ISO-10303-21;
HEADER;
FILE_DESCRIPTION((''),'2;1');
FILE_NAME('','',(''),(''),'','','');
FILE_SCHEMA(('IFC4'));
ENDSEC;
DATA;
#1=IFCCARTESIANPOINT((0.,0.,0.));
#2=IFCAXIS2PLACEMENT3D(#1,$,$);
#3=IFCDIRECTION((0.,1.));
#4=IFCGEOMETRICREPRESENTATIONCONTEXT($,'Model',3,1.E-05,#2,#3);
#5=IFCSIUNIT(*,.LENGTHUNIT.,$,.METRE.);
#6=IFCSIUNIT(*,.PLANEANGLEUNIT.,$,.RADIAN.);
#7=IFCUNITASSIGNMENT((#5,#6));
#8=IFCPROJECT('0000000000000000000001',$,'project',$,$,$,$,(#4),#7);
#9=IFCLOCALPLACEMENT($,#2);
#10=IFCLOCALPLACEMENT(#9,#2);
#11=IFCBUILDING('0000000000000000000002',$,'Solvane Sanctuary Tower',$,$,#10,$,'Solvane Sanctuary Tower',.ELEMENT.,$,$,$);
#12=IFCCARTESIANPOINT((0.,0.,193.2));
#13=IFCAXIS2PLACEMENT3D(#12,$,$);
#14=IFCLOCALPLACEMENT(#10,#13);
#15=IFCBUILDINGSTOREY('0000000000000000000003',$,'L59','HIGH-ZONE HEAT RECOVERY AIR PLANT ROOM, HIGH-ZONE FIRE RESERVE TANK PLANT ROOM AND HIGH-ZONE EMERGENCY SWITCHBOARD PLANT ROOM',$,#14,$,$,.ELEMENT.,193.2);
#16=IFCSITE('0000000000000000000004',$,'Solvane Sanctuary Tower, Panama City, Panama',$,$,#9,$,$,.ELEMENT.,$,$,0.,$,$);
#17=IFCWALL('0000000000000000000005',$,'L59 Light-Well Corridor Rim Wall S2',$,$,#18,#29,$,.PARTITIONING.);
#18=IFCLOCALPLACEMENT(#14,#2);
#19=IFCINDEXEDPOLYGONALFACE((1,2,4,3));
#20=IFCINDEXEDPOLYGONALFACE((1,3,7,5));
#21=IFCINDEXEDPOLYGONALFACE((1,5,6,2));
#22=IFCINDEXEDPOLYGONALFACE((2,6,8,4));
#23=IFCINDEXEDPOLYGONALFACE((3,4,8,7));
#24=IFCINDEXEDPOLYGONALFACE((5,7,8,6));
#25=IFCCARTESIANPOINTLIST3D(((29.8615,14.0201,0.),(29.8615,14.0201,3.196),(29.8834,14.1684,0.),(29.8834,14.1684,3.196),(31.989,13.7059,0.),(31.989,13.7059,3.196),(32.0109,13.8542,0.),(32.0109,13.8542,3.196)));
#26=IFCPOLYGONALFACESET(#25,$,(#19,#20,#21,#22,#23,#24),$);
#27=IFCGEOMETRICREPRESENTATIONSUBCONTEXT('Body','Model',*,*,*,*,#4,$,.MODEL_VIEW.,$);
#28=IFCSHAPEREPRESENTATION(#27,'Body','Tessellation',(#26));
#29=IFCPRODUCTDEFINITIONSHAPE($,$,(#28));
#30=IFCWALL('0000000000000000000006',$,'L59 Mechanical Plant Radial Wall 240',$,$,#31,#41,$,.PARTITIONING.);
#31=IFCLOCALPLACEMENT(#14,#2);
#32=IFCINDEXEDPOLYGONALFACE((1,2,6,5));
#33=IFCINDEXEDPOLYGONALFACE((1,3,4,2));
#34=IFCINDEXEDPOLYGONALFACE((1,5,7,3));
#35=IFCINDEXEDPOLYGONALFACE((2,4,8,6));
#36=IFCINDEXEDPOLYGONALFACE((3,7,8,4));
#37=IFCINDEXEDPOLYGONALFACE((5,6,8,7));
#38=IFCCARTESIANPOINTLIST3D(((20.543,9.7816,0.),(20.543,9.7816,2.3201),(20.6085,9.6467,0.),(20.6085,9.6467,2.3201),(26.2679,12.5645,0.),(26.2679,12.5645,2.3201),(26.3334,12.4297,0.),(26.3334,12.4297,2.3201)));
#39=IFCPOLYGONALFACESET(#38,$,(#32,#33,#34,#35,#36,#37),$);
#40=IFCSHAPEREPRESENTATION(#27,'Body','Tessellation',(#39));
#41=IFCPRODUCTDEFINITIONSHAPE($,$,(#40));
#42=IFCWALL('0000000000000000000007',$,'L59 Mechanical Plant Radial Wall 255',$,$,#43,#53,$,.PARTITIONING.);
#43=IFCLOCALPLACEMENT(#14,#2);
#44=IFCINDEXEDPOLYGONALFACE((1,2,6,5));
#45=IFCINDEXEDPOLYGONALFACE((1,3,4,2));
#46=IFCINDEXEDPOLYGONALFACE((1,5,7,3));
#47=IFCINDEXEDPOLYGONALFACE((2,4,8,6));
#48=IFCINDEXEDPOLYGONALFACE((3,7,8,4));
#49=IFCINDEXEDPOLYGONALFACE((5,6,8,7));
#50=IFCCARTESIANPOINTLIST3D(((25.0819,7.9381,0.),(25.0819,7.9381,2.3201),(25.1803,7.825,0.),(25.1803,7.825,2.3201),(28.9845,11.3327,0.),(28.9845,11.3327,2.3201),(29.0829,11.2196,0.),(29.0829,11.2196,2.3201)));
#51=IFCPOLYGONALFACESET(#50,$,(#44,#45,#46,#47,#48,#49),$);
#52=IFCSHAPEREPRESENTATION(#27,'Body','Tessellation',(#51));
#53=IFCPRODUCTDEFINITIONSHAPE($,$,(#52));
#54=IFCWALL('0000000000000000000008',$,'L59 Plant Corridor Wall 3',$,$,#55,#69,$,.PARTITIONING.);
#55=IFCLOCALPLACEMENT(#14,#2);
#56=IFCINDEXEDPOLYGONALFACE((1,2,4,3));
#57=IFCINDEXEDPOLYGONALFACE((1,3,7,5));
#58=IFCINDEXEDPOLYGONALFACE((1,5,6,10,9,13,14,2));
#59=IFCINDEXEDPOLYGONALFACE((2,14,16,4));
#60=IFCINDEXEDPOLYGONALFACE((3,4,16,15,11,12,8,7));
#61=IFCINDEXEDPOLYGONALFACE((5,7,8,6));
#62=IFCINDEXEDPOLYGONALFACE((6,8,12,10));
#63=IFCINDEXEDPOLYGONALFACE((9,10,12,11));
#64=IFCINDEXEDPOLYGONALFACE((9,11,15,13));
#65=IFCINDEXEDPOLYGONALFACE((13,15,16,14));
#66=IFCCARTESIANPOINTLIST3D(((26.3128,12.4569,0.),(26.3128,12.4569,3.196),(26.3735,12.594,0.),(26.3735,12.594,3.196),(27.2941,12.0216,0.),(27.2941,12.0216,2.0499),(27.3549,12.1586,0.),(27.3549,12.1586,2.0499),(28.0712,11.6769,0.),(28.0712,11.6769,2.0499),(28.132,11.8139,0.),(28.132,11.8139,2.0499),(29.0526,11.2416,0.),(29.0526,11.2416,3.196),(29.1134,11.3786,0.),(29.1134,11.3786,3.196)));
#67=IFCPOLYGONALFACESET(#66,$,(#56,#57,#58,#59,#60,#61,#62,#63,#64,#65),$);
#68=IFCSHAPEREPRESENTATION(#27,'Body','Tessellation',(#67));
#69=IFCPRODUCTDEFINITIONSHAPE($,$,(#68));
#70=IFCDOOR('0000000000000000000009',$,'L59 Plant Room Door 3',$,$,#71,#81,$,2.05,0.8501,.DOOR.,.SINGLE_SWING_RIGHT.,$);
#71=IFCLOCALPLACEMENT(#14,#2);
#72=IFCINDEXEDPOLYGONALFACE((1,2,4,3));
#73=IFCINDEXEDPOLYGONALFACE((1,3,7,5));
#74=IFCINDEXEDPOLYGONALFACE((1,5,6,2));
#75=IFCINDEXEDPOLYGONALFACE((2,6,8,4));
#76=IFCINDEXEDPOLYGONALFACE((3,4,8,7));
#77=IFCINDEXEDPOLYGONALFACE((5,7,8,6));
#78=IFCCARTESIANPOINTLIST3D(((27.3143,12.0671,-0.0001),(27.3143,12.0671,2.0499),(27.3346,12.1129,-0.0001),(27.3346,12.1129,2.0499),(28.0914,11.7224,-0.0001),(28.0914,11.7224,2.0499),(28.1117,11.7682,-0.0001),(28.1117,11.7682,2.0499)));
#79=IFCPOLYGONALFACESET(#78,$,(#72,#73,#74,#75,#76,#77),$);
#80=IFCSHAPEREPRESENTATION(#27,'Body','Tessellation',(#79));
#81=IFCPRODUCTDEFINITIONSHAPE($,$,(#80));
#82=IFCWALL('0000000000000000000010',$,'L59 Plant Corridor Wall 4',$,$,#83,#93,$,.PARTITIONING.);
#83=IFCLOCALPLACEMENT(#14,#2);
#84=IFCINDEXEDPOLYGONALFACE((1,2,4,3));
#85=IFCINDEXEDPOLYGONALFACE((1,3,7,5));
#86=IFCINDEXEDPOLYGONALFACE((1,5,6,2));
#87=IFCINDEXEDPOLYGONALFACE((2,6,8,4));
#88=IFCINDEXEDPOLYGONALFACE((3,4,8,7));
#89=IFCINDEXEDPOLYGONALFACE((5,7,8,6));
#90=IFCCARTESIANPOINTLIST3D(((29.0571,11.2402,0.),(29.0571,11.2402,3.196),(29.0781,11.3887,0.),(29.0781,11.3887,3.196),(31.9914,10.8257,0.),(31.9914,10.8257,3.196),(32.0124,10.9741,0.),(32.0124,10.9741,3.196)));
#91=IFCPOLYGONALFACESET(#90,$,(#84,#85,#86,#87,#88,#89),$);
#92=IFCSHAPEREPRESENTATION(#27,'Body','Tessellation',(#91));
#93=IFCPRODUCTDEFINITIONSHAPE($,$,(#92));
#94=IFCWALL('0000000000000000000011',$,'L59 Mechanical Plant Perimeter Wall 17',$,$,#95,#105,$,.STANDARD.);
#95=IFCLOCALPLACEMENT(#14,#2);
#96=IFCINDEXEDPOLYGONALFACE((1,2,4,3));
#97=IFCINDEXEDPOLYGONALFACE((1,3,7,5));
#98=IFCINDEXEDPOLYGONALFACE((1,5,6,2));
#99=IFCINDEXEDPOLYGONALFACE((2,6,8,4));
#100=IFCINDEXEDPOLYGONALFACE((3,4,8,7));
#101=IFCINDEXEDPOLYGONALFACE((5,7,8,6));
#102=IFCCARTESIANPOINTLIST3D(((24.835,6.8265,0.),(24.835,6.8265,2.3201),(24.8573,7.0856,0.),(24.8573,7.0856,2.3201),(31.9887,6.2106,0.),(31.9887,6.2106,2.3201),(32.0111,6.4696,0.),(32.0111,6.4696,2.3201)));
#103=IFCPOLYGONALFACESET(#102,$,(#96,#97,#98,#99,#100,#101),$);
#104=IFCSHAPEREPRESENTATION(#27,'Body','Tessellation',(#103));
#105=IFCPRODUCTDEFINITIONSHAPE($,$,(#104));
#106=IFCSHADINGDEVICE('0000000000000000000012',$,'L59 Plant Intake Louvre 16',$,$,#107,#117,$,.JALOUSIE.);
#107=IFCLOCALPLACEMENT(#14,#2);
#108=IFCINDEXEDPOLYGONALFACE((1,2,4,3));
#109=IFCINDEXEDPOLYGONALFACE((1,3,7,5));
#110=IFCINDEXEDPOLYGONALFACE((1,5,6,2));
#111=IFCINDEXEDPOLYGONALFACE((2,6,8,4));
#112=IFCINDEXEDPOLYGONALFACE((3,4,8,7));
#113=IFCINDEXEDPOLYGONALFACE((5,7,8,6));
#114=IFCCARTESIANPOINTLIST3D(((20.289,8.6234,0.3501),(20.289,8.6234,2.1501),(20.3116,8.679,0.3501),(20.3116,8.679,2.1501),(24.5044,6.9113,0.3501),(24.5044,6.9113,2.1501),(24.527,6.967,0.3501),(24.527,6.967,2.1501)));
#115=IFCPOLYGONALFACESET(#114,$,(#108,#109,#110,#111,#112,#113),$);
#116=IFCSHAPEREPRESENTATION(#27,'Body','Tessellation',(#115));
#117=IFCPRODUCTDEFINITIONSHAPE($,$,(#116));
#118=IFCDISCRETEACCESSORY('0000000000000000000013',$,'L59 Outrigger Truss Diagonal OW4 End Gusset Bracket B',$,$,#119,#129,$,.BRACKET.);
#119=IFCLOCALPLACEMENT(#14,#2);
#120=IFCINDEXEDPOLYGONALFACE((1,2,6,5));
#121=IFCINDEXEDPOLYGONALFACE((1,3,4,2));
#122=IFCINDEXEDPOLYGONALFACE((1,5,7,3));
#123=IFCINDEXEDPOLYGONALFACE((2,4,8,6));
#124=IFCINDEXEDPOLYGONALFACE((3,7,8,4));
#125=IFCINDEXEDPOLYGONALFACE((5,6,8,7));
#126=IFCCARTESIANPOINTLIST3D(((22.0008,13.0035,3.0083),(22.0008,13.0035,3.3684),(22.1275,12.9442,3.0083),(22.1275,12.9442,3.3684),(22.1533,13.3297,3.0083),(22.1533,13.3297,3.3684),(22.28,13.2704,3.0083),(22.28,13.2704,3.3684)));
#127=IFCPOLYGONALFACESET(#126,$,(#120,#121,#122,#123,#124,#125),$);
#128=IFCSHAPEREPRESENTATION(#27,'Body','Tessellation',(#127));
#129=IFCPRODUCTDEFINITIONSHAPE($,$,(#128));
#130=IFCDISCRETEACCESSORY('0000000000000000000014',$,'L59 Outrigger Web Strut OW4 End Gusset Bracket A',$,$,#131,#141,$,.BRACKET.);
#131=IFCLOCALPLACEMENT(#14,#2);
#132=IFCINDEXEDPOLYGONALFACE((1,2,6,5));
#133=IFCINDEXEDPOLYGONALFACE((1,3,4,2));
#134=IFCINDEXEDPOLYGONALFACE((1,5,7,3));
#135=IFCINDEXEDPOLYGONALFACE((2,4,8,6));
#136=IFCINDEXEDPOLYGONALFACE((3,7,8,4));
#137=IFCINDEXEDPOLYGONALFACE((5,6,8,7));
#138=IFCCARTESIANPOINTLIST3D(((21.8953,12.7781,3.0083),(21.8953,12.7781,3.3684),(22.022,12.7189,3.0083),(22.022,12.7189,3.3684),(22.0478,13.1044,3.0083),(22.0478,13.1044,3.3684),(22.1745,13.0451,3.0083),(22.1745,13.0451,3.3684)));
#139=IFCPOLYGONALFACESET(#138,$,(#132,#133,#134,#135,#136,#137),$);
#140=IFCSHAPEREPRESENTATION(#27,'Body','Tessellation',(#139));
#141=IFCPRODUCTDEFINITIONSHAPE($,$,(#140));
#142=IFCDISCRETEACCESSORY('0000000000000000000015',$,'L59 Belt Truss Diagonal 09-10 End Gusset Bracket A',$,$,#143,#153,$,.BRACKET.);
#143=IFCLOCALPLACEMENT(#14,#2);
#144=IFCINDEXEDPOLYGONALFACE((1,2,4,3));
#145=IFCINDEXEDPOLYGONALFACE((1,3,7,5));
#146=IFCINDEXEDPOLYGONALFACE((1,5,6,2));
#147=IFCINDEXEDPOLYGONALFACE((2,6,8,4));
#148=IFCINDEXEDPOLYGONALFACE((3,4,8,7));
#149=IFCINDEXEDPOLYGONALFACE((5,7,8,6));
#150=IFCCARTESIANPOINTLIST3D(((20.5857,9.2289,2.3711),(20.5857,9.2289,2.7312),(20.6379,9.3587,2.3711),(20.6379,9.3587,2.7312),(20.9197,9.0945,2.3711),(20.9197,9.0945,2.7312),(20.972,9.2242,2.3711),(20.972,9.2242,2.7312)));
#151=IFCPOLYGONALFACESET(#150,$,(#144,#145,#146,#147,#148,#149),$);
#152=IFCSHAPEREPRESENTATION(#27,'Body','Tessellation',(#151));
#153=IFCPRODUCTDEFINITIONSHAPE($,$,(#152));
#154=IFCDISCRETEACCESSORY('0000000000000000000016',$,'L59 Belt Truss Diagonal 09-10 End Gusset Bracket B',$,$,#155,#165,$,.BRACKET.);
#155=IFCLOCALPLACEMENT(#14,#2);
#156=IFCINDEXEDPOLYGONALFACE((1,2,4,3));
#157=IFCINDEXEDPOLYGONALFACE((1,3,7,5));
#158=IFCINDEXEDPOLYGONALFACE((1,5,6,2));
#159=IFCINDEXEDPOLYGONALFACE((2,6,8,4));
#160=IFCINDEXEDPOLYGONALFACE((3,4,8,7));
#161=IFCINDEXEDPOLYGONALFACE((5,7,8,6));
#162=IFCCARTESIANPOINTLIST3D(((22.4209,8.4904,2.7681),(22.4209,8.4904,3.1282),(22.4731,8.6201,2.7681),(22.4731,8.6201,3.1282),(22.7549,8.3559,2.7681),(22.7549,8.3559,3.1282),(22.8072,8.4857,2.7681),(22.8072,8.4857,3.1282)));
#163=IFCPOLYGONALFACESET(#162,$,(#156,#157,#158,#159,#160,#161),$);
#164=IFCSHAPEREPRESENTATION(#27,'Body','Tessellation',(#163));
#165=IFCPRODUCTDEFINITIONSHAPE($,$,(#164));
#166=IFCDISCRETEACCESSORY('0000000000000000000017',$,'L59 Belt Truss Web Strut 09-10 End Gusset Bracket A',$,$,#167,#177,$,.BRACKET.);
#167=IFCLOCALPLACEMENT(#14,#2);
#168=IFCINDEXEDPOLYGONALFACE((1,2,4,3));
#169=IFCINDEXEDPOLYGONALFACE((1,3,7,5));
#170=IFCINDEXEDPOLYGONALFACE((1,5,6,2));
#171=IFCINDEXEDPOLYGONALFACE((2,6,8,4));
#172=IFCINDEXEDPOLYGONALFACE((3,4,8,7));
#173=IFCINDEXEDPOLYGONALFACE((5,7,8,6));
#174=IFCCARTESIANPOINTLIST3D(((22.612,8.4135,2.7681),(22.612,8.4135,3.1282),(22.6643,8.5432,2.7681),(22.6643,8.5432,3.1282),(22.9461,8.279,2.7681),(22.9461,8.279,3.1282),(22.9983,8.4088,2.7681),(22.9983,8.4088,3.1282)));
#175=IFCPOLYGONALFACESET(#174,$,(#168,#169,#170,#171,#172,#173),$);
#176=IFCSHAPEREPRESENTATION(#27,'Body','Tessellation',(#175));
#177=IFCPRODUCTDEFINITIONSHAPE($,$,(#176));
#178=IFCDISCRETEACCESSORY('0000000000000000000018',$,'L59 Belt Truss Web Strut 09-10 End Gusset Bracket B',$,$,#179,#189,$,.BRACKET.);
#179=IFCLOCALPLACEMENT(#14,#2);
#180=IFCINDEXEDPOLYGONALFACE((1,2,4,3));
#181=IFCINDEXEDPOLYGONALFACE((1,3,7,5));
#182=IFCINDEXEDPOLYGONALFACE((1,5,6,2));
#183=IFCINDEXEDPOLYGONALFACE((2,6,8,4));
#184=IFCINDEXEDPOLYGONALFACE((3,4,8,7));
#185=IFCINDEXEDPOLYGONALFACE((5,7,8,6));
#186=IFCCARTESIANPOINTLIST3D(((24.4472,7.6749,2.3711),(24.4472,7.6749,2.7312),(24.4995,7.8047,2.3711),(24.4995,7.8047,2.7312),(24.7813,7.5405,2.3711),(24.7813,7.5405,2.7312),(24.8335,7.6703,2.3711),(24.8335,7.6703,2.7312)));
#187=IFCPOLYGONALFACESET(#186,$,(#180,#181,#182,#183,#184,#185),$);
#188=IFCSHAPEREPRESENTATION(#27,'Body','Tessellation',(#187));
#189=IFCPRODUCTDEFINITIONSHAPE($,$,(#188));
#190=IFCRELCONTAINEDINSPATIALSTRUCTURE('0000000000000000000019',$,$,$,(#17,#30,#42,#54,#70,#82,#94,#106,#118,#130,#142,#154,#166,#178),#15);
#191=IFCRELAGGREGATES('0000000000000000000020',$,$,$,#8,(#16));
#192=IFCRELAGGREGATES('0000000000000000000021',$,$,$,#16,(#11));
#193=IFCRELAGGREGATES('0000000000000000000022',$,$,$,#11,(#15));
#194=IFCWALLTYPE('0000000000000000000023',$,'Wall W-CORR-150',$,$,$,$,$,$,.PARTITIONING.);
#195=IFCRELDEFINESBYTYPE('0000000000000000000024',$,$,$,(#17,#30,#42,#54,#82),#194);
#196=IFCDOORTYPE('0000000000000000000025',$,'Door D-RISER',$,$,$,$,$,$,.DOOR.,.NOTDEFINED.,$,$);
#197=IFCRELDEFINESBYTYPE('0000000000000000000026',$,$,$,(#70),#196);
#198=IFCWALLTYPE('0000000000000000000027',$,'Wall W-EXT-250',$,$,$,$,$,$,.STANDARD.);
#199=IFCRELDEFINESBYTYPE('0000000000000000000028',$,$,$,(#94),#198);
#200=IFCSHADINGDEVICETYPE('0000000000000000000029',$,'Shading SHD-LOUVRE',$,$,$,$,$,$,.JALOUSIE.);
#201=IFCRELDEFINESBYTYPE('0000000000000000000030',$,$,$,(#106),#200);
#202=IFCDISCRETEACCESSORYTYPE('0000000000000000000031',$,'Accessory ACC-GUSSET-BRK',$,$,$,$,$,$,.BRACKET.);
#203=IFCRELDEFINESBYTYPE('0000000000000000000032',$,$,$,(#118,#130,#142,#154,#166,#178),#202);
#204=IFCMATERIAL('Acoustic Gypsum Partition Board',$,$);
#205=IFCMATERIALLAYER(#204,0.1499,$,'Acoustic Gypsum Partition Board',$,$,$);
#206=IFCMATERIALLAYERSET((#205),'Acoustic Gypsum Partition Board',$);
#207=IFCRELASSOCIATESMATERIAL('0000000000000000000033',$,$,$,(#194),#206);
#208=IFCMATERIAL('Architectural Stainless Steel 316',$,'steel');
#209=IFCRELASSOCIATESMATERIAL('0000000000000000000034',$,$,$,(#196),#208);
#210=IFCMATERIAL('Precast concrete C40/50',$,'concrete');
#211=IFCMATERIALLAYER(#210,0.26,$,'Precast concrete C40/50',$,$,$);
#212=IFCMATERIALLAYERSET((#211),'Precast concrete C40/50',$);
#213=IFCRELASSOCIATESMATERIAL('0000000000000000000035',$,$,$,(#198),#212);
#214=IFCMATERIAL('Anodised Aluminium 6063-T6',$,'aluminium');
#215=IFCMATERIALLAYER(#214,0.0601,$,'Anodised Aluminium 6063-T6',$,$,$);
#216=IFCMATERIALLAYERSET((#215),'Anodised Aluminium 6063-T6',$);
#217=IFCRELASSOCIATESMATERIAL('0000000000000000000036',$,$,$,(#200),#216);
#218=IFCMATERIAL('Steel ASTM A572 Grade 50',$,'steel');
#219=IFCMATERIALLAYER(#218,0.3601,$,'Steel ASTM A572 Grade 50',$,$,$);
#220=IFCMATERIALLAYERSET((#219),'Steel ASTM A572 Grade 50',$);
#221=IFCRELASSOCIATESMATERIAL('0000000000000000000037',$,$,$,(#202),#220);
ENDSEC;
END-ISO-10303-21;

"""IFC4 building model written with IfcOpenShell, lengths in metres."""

from ifc_helpers import new_model, si_unit, direction, frame, frame_2d, origin, origin_2d, place, context, subcontext, project, spatial, rectangle, extrude, material, layer, layer_set, type_object, element, fill, save


model = new_model("IFC4")

# Units and contexts
model_context = context("Model", 3, precision=1e-05, world=origin(), true_north=direction((0.0, 1.0)))
body_context = subcontext(model_context, "Body", "Model", "MODEL_VIEW")
ifc_project = project(units=[si_unit("LENGTHUNIT", "METRE"), si_unit("PLANEANGLEUNIT", "RADIAN")], contexts=[model_context])

# Site, building, storey
site_placement = place(None, origin())
site = spatial("IfcSite", under=ifc_project, at=site_placement, Name="Solvane Sanctuary Tower, Panama City, Panama", CompositionType="ELEMENT", RefElevation=0.0)
building_placement = place(site_placement, origin())
building = spatial("IfcBuilding", under=site, at=building_placement, Name="Solvane Sanctuary Tower", LongName="Solvane Sanctuary Tower", CompositionType="ELEMENT")
storey_placement = place(building_placement, frame((0.0, 0.0, 193.2)))
storey = spatial("IfcBuildingStorey", under=building, at=storey_placement, Name="L59", Description="HIGH-ZONE HEAT RECOVERY AIR PLANT ROOM, HIGH-ZONE FIRE RESERVE TANK PLANT ROOM AND HIGH-ZONE EMERGENCY SWITCHBOARD PLANT ROOM", CompositionType="ELEMENT", Elevation=193.2)

# Walls
ifc_material_1 = material(Name="Acoustic Gypsum Partition Board")
ifc_layer_1 = layer(ifc_material_1, 0.1499, Name="Acoustic Gypsum Partition Board")
ifc_layer_set_1 = layer_set([ifc_layer_1], Name="Acoustic Gypsum Partition Board")
wall_type_1 = type_object("IfcWallType", Name="Wall W-CORR-150", PredefinedType="PARTITIONING", material=ifc_layer_set_1)
wall_1_placement = place(storey_placement, frame((29.8726, 14.0942, 0.0), z_axis=(0.0, 0.0, 1.0), x_axis=(0.989269, -0.146108, 0.0)))
element("IfcWall", 1, at=wall_1_placement, inside=storey, type_object=wall_type_1, Name="L59 Light-Well Corridor Rim Wall S2", PredefinedType="PARTITIONING", context=body_context, shape_type="SweptSolid", body=[
    extrude(rectangle(XDim=2.1506, YDim=0.1499, at=frame_2d((1.0752, 0.0))), origin(), (0.0, 0.0, 1.0), 3.196),
])
wall_2_placement = place(storey_placement, frame((26.3005, 12.4971, 0.0), z_axis=(0.0, 0.0, 1.0), x_axis=(-0.899365, -0.437198, 0.0)))
element("IfcWall", 2, at=wall_2_placement, inside=storey, type_object=wall_type_1, Name="L59 Mechanical Plant Radial Wall 240", PredefinedType="PARTITIONING", context=body_context, shape_type="SweptSolid", body=[
    extrude(rectangle(XDim=6.3655, YDim=0.1499, at=frame_2d((3.1826, 0.0))), origin(), (0.0, 0.0, 1.0), 2.3201),
])
wall_3_placement = place(storey_placement, frame((29.0337, 11.2761, 0.0), z_axis=(0.0, 0.0, 1.0), x_axis=(-0.754512, -0.656286, 0.0)))
element("IfcWall", 3, at=wall_3_placement, inside=storey, type_object=wall_type_1, Name="L59 Mechanical Plant Radial Wall 255", PredefinedType="PARTITIONING", context=body_context, shape_type="SweptSolid", body=[
    extrude(rectangle(XDim=5.1724, YDim=0.1499, at=frame_2d((2.5862, 0.0))), origin(), (0.0, 0.0, 1.0), 2.3201),
])

# Wall, opening, door
wall_4_placement = place(storey_placement, frame((26.3433, 12.5254, 0.0), z_axis=(0.0, 0.0, 1.0), x_axis=(0.9141, -0.405488, 0.0)))
wall_4 = element("IfcWall", 4, at=wall_4_placement, inside=storey, type_object=wall_type_1, Name="L59 Plant Corridor Wall 3", PredefinedType="PARTITIONING", context=body_context, shape_type="SweptSolid", body=[
    extrude(rectangle(XDim=2.9973, YDim=0.1499, at=frame_2d((1.4985, 0.0))), origin(), (0.0, 0.0, 1.0), 3.196),
])
opening_placement = place(wall_4_placement, frame((1.0735, 0.0, 0.0)))
opening = element("IfcOpeningElement", 5, at=opening_placement, cuts=wall_4, PredefinedType="OPENING", context=body_context, shape_type="SweptSolid", body=[
    extrude(rectangle(XDim=0.8501, YDim=2.05, at=frame_2d((0.425, 1.0249))), frame((0.0, 0.085, 0.0), z_axis=(0.0, -1.0, 0.0), x_axis=(1.0, 0.0, 0.0)), (0.0, 0.0, 1.0), 0.1699),
])
ifc_material_2 = material(Name="Architectural Stainless Steel 316", Category="steel")
door_type = type_object("IfcDoorType", Name="Door D-RISER", OperationType="NOTDEFINED", PredefinedType="DOOR", material=ifc_material_2)
door_placement = place(opening_placement, origin())
door = element("IfcDoor", 6, at=door_placement, inside=storey, type_object=door_type, Name="L59 Plant Room Door 3", OperationType="SINGLE_SWING_RIGHT", OverallHeight=2.05, OverallWidth=0.8501, PredefinedType="DOOR", context=body_context, shape_type="SweptSolid", body=[
    extrude(rectangle(XDim=0.8501, YDim=2.05, at=frame_2d((0.425, 1.0249))), frame((0.0, 0.0249, 0.0), z_axis=(0.0, -1.0, 0.0), x_axis=(1.0, 0.0, 0.0)), (0.0, 0.0, 1.0), 0.05),
])
fill(opening, door)

# Walls
wall_5_placement = place(storey_placement, frame((29.0676, 11.3145, 0.0), z_axis=(0.0, 0.0, 1.0), x_axis=(0.990167, -0.139887, 0.0)))
element("IfcWall", 7, at=wall_5_placement, inside=storey, type_object=wall_type_1, Name="L59 Plant Corridor Wall 4", PredefinedType="PARTITIONING", context=body_context, shape_type="SweptSolid", body=[
    extrude(rectangle(XDim=2.9634, YDim=0.1499, at=frame_2d((1.4817, 0.0))), origin(), (0.0, 0.0, 1.0), 3.196),
])
ifc_material_3 = material(Name="Precast concrete C40/50", Category="concrete")
ifc_layer_2 = layer(ifc_material_3, 0.26, Name="Precast concrete C40/50")
ifc_layer_set_2 = layer_set([ifc_layer_2], Name="Precast concrete C40/50")
wall_type_2 = type_object("IfcWallType", Name="Wall W-EXT-250", PredefinedType="STANDARD", material=ifc_layer_set_2)
wall_6_placement = place(storey_placement, frame((24.8462, 6.9561, 0.0), z_axis=(0.0, 0.0, 1.0), x_axis=(0.996314, -0.085786, 0.0)))
element("IfcWall", 8, at=wall_6_placement, inside=storey, type_object=wall_type_2, Name="L59 Mechanical Plant Perimeter Wall 17", PredefinedType="STANDARD", context=body_context, shape_type="SweptSolid", body=[
    extrude(rectangle(XDim=7.1802, YDim=0.26, at=frame_2d((3.5901, 0.0))), origin(), (0.0, 0.0, 1.0), 2.3201),
])

# Shading device
ifc_material_4 = material(Name="Anodised Aluminium 6063-T6", Category="aluminium")
ifc_layer_3 = layer(ifc_material_4, 0.0601, Name="Anodised Aluminium 6063-T6")
ifc_layer_set_3 = layer_set([ifc_layer_3], Name="Anodised Aluminium 6063-T6")
shading_device_type = type_object("IfcShadingDeviceType", Name="Shading SHD-LOUVRE", PredefinedType="JALOUSIE", material=ifc_layer_set_3)
shading_device_placement = place(storey_placement, frame((22.408, 7.7952, 0.3501), z_axis=(0.0, 0.0, 1.0), x_axis=(0.9265, -0.376294, 0.0)))
element("IfcShadingDevice", 9, at=shading_device_placement, inside=storey, type_object=shading_device_type, Name="L59 Plant Intake Louvre 16", PredefinedType="JALOUSIE", context=body_context, shape_type="SweptSolid", body=[
    extrude(rectangle(XDim=4.5498, YDim=0.0601, at=origin_2d()), origin(), (0.0, 0.0, 1.0), 1.8),
])

# Discrete accessories
ifc_material_5 = material(Name="Steel ASTM A572 Grade 50", Category="steel")
ifc_layer_4 = layer(ifc_material_5, 0.3601, Name="Steel ASTM A572 Grade 50")
ifc_layer_set_4 = layer_set([ifc_layer_4], Name="Steel ASTM A572 Grade 50")
discrete_accessory_type = type_object("IfcDiscreteAccessoryType", Name="Accessory ACC-GUSSET-BRK", PredefinedType="BRACKET", material=ifc_layer_set_4)
for number, where, z_axis, x_axis, name in (
    (10, (22.1404, 13.137, 3.0083), (0.0, 0.0, 1.0), (-0.423567, -0.905865, 0.0), "L59 Outrigger Truss Diagonal OW4 End Gusset Bracket B"),
    (11, (22.0349, 12.9116, 3.0083), (0.0, 0.0, 1.0), (-0.423567, -0.905865, 0.0), "L59 Outrigger Web Strut OW4 End Gusset Bracket A"),
    (12, (20.7788, 9.2266, 2.3711), (0.0, 0.0, 1.0), (0.927706, -0.373312, 0.0), "L59 Belt Truss Diagonal 09-10 End Gusset Bracket A"),
    (13, (22.614, 8.488, 2.7681), (0.0, 0.0, 1.0), (0.927706, -0.373312, 0.0), "L59 Belt Truss Diagonal 09-10 End Gusset Bracket B"),
    (14, (22.8052, 8.4111, 2.7681), (0.0, 0.0, 1.0), (0.927706, -0.373312, 0.0), "L59 Belt Truss Web Strut 09-10 End Gusset Bracket A"),
    (15, (24.6404, 7.6726, 2.3711), (0.0, 0.0, 1.0), (0.927706, -0.373312, 0.0), "L59 Belt Truss Web Strut 09-10 End Gusset Bracket B"),
):
    element("IfcDiscreteAccessory", number, at=place(storey_placement, frame(where, z_axis=z_axis, x_axis=x_axis)), inside=storey, type_object=discrete_accessory_type, Name=name, PredefinedType="BRACKET", context=body_context, shape_type="SweptSolid", body=[
        extrude(rectangle(XDim=0.3601, YDim=0.1399, at=origin_2d()), origin(), (0.0, 0.0, 1.0), 0.3601),
    ])

save(model, "model.ifc")
